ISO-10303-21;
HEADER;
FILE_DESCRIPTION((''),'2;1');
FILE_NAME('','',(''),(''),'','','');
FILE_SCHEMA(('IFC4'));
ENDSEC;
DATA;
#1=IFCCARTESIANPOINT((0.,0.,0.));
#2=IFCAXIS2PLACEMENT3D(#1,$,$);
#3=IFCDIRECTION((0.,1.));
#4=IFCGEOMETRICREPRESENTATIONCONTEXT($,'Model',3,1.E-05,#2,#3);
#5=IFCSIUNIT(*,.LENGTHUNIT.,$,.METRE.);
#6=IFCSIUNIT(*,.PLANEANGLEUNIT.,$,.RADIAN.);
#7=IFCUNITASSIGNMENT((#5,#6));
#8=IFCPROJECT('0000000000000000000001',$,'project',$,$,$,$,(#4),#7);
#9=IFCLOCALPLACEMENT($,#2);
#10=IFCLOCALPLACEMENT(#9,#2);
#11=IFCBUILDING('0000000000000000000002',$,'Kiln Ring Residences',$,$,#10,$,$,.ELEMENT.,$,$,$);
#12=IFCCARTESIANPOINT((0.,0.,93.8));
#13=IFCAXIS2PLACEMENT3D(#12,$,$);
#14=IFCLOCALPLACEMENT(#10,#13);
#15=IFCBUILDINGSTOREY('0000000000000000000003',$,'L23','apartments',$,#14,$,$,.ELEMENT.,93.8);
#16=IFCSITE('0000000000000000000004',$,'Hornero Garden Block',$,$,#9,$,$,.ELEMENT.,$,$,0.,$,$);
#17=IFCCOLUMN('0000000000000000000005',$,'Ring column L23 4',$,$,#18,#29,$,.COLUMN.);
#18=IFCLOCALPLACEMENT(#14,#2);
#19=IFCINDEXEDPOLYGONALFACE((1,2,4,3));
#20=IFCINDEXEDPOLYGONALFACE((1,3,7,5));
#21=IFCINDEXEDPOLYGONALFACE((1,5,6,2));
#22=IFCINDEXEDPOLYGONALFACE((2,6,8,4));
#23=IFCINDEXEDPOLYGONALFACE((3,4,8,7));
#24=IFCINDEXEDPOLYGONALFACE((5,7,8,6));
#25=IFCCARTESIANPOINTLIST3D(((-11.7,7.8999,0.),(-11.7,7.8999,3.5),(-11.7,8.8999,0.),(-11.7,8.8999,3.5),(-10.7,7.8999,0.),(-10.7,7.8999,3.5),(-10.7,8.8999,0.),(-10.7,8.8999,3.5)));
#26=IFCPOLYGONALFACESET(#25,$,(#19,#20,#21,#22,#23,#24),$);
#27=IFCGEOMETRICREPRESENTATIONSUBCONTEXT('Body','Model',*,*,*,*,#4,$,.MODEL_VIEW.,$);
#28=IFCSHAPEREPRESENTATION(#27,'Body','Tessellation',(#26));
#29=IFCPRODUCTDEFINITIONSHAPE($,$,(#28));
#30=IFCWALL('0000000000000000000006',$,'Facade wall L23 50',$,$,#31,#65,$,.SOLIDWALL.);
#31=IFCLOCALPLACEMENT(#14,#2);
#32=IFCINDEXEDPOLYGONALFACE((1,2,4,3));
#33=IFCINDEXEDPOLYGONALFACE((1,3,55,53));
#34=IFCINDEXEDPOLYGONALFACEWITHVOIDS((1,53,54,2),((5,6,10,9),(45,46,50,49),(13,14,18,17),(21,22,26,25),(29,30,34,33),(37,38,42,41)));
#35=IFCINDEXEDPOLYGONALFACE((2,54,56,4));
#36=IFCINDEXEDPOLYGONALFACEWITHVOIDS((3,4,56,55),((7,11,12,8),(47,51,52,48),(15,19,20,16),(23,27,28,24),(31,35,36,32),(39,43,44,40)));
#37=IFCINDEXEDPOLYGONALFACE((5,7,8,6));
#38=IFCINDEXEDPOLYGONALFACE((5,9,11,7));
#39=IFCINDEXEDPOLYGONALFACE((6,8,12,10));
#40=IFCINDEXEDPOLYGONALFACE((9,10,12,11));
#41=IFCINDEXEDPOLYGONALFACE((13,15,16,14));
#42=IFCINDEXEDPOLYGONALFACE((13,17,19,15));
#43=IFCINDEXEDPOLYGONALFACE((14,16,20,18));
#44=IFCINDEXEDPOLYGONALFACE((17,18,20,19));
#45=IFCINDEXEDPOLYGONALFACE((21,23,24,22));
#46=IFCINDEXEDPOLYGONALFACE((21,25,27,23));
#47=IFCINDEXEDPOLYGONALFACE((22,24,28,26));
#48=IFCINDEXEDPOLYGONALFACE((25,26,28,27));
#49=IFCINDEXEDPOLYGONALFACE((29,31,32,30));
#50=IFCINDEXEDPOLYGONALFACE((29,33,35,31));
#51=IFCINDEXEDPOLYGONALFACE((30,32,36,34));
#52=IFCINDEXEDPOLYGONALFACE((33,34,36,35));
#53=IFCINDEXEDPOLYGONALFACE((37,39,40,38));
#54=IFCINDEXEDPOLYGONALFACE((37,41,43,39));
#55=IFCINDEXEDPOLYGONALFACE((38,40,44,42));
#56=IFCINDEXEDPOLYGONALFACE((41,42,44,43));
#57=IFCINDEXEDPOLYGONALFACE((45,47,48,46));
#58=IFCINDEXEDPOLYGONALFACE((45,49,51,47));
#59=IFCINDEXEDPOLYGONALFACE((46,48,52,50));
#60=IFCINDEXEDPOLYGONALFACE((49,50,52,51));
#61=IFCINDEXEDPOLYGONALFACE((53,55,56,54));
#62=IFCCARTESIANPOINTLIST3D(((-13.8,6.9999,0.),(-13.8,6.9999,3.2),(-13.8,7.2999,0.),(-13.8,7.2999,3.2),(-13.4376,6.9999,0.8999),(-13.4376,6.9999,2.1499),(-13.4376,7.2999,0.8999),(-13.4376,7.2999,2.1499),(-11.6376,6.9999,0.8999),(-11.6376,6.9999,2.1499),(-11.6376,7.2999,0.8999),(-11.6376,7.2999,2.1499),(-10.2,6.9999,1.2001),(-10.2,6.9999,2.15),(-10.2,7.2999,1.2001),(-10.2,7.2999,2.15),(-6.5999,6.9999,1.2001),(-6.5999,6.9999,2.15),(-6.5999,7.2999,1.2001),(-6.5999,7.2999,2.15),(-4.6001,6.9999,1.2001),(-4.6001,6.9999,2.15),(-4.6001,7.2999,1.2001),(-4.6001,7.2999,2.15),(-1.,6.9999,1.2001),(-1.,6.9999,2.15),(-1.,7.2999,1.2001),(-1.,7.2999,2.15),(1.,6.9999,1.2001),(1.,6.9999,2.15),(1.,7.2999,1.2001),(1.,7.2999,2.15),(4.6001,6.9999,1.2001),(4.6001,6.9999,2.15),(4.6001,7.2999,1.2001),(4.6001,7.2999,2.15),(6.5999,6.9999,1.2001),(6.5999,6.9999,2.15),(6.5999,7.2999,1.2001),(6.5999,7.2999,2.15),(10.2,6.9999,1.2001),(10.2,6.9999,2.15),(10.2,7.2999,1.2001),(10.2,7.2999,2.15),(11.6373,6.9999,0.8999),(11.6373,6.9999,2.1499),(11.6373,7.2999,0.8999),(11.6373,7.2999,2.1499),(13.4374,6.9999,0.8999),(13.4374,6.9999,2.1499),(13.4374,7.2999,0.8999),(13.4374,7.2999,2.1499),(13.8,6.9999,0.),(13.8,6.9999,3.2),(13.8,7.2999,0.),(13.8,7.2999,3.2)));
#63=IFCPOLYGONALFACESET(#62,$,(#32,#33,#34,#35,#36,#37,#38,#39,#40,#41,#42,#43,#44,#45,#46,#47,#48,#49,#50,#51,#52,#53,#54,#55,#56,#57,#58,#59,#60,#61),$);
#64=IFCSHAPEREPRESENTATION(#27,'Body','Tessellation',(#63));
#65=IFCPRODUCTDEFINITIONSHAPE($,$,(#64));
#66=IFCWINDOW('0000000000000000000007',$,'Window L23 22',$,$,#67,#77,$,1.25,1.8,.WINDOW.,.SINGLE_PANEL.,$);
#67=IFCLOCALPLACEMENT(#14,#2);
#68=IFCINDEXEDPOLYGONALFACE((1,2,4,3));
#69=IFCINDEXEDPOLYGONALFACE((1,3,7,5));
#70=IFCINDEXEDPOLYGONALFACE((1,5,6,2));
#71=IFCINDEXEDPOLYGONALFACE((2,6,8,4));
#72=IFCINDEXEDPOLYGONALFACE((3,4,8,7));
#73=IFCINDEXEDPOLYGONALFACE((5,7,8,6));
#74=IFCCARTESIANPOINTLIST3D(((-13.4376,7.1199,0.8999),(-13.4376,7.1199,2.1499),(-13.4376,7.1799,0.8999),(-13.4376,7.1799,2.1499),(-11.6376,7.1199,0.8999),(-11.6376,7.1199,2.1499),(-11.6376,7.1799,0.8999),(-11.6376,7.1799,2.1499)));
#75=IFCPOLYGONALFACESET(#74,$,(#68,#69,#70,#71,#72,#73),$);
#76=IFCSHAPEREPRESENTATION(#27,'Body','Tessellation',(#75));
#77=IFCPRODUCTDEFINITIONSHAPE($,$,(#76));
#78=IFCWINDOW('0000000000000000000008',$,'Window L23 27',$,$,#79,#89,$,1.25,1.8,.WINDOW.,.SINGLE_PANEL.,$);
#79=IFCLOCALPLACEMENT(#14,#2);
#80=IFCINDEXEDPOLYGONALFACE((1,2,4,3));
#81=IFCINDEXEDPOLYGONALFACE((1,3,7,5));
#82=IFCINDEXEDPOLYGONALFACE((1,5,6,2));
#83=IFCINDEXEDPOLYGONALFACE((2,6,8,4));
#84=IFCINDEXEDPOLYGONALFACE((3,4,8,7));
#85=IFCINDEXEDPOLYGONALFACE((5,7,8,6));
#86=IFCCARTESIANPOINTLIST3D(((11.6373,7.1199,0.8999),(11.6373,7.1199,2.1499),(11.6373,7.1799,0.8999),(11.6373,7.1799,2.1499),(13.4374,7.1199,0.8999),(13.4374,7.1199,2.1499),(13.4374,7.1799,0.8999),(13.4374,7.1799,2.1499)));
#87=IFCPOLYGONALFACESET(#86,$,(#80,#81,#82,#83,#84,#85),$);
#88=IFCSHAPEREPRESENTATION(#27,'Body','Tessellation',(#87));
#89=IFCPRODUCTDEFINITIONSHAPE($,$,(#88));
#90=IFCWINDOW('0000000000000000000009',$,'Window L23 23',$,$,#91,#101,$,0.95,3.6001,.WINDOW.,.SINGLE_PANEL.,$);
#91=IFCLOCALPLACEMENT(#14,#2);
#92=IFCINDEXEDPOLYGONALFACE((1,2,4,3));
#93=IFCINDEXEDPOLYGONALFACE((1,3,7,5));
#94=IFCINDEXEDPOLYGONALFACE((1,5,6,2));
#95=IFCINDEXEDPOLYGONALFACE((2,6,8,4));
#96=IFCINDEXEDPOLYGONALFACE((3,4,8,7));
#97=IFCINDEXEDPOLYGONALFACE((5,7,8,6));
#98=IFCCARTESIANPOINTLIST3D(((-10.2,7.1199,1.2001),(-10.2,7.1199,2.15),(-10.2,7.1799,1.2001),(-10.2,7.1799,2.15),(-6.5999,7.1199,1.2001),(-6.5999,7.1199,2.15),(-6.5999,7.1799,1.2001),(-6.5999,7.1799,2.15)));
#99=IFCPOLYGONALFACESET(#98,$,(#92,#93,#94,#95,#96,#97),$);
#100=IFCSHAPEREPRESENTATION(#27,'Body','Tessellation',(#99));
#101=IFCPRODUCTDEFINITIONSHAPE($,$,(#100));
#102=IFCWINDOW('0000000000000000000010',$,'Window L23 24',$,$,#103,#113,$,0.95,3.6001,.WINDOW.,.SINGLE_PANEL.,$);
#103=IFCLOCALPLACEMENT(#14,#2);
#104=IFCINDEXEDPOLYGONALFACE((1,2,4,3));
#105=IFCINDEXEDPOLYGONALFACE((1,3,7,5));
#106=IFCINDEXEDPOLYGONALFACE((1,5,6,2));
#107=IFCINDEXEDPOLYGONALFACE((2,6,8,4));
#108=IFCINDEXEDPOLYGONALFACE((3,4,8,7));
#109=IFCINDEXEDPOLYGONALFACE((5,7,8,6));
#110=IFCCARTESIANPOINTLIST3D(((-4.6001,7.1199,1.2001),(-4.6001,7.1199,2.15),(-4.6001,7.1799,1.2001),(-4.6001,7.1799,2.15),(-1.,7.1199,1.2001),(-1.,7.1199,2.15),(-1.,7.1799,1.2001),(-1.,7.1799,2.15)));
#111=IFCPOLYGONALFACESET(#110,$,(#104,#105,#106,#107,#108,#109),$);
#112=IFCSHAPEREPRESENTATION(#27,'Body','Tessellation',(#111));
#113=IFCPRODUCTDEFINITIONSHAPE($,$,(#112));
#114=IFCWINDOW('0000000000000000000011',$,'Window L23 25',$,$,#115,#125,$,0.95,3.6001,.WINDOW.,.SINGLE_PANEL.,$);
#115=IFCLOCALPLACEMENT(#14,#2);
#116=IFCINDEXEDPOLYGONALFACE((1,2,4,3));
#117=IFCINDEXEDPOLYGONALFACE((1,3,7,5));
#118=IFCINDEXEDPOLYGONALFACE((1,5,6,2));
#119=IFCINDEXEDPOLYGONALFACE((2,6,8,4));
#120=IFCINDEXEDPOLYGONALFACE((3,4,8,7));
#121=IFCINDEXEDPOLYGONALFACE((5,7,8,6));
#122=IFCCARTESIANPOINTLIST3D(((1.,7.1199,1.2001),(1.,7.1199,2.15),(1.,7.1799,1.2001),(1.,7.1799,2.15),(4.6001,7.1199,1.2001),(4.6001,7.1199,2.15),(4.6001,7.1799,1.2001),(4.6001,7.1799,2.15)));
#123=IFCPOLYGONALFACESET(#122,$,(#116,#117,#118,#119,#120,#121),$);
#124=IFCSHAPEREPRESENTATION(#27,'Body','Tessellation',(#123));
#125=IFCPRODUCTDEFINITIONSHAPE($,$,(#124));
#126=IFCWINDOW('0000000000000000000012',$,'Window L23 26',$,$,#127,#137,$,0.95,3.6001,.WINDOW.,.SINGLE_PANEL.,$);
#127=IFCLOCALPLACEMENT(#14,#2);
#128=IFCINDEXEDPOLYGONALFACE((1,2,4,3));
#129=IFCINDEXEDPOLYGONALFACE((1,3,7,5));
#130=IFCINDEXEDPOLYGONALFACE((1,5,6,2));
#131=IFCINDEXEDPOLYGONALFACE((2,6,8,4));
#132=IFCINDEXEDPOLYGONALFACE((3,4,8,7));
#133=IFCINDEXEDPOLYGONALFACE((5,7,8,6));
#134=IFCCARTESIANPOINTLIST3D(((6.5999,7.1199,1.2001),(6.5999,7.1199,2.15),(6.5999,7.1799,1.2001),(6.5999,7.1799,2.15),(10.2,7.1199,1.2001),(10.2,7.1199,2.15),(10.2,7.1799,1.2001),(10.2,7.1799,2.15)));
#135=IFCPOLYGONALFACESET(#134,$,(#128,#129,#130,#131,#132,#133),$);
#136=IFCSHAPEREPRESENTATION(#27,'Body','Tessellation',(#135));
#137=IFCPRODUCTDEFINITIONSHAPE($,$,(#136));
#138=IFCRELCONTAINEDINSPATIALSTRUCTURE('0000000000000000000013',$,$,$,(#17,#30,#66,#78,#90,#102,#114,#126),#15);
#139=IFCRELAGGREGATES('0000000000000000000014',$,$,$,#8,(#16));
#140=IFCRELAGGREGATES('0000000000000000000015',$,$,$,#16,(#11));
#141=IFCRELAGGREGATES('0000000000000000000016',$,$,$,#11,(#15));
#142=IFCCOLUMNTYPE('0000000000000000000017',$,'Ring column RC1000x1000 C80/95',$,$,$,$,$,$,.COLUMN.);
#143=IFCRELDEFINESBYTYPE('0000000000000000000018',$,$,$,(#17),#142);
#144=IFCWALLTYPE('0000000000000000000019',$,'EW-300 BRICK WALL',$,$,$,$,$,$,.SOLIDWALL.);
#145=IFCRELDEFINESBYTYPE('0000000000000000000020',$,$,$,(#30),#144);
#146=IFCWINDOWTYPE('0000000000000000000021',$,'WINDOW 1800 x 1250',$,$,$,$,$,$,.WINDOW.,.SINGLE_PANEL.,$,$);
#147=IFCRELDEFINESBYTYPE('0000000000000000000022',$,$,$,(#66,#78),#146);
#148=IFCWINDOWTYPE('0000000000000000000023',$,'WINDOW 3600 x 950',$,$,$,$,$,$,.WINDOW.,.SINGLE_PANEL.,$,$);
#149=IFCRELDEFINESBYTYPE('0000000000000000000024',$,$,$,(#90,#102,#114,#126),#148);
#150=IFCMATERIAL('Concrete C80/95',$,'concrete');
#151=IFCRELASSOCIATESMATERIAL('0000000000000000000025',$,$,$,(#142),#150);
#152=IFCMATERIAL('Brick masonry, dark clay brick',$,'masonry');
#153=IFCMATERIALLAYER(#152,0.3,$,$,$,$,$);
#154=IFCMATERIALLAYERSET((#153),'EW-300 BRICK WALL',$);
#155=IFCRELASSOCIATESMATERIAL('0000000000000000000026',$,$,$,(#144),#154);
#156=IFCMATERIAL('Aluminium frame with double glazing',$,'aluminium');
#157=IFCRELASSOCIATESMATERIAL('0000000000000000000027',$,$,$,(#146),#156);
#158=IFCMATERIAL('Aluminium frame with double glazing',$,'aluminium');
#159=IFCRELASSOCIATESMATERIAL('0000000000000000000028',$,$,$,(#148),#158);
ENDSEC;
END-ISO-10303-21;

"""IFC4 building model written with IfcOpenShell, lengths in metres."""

from ifc_helpers import new_model, si_unit, direction, frame, frame_2d, origin, origin_2d, place, context, subcontext, project, spatial, rectangle, extrude, material, layer, layer_set, material_profile, profile_set, type_object, element, fill, save


model = new_model("IFC4")

# Units and contexts
model_context = context("Model", 3, precision=1e-05, world=origin(), true_north=direction((0.0, 1.0)))
body_context = subcontext(model_context, "Body", "Model", "MODEL_VIEW")
ifc_project = project(units=[si_unit("LENGTHUNIT", "METRE"), si_unit("PLANEANGLEUNIT", "RADIAN")], contexts=[model_context])

# Site, building, storey
site_placement = place(None, origin())
site = spatial("IfcSite", under=ifc_project, at=site_placement, Name="Hornero Garden Block", CompositionType="ELEMENT", RefElevation=0.0)
building_placement = place(site_placement, origin())
building = spatial("IfcBuilding", under=site, at=building_placement, Name="Kiln Ring Residences", CompositionType="ELEMENT")
storey_placement = place(building_placement, frame((0.0, 0.0, 93.8)))
storey = spatial("IfcBuildingStorey", under=building, at=storey_placement, Name="L23", Description="apartments", CompositionType="ELEMENT", Elevation=93.8)

# Column
ifc_material_1 = material(Name="Concrete C80/95", Category="concrete")
ifc_material_profile = material_profile(ifc_material_1, rectangle(XDim=1.0, YDim=1.0, at=origin_2d()), Name="RC1000x1000")
ifc_profile_set = profile_set([ifc_material_profile], Name="Concrete C80/95")
column_type = type_object("IfcColumnType", Name="Ring column RC1000x1000 C80/95", PredefinedType="COLUMN", material=ifc_profile_set)
column_placement = place(storey_placement, frame((-11.2, 8.3999, 0.0), z_axis=(0.0, 0.0, 1.0), x_axis=(1.0, 0.0, 0.0)))
element("IfcColumn", 1, at=column_placement, inside=storey, type_object=column_type, Name="Ring column L23 4", PredefinedType="COLUMN", context=body_context, shape_type="SweptSolid", body=[
    extrude(rectangle(XDim=1.0, YDim=1.0, at=origin_2d()), origin(), (0.0, 0.0, 1.0), 3.5),
])

# Wall, openings, windows
ifc_material_2 = material(Name="Brick masonry, dark clay brick", Category="masonry")
ifc_layer_1 = layer(ifc_material_2, 0.3)
ifc_layer_set_1 = layer_set([ifc_layer_1], Name="EW-300 BRICK WALL")
wall_type_1 = type_object("IfcWallType", Name="EW-300 BRICK WALL", PredefinedType="SOLIDWALL", material=ifc_layer_set_1)
wall_1_placement = place(storey_placement, frame((-13.8, 7.1499, 0.0), z_axis=(0.0, 0.0, 1.0), x_axis=(1.0, 0.0, 0.0)))
wall_1 = element("IfcWall", 2, at=wall_1_placement, inside=storey, type_object=wall_type_1, Name="Facade wall L23 50", PredefinedType="SOLIDWALL", context=body_context, shape_type="SweptSolid", body=[
    extrude(rectangle(XDim=27.6001, YDim=0.3, at=frame_2d((13.8, 0.0))), origin(), (0.0, 0.0, 1.0), 3.2),
])
opening_1_placement = place(wall_1_placement, frame((0.3625, 0.0, 0.8999)))
opening_1 = element("IfcOpeningElement", 3, at=opening_1_placement, cuts=wall_1, PredefinedType="OPENING", context=body_context, shape_type="SweptSolid", body=[
    extrude(rectangle(XDim=1.8, YDim=1.25, at=frame_2d((0.8999, 0.625))), frame((0.0, 0.1599, 0.0), z_axis=(0.0, -1.0, 0.0), x_axis=(1.0, 0.0, 0.0)), (0.0, 0.0, 1.0), 0.3201),
])
opening_2_placement = place(wall_1_placement, frame((3.6001, 0.0, 1.2)))
opening_2 = element("IfcOpeningElement", 4, at=opening_2_placement, cuts=wall_1, PredefinedType="OPENING", context=body_context, shape_type="SweptSolid", body=[
    extrude(rectangle(XDim=3.6001, YDim=0.95, at=frame_2d((1.8, 0.4751))), frame((0.0, 0.1599, 0.0), z_axis=(0.0, -1.0, 0.0), x_axis=(1.0, 0.0, 0.0)), (0.0, 0.0, 1.0), 0.3201),
])
opening_3_placement = place(wall_1_placement, frame((9.2, 0.0, 1.2)))
opening_3 = element("IfcOpeningElement", 5, at=opening_3_placement, cuts=wall_1, PredefinedType="OPENING", context=body_context, shape_type="SweptSolid", body=[
    extrude(rectangle(XDim=3.6001, YDim=0.95, at=frame_2d((1.8, 0.4751))), frame((0.0, 0.1599, 0.0), z_axis=(0.0, -1.0, 0.0), x_axis=(1.0, 0.0, 0.0)), (0.0, 0.0, 1.0), 0.3201),
])
opening_4_placement = place(wall_1_placement, frame((14.8, 0.0, 1.2)))
opening_4 = element("IfcOpeningElement", 6, at=opening_4_placement, cuts=wall_1, PredefinedType="OPENING", context=body_context, shape_type="SweptSolid", body=[
    extrude(rectangle(XDim=3.6001, YDim=0.95, at=frame_2d((1.8, 0.4751))), frame((0.0, 0.1599, 0.0), z_axis=(0.0, -1.0, 0.0), x_axis=(1.0, 0.0, 0.0)), (0.0, 0.0, 1.0), 0.3201),
])
opening_5_placement = place(wall_1_placement, frame((20.3999, 0.0, 1.2)))
opening_5 = element("IfcOpeningElement", 7, at=opening_5_placement, cuts=wall_1, PredefinedType="OPENING", context=body_context, shape_type="SweptSolid", body=[
    extrude(rectangle(XDim=3.6001, YDim=0.95, at=frame_2d((1.8, 0.4751))), frame((0.0, 0.1599, 0.0), z_axis=(0.0, -1.0, 0.0), x_axis=(1.0, 0.0, 0.0)), (0.0, 0.0, 1.0), 0.3201),
])
opening_6_placement = place(wall_1_placement, frame((25.4375, 0.0, 0.8999)))
opening_6 = element("IfcOpeningElement", 8, at=opening_6_placement, cuts=wall_1, PredefinedType="OPENING", context=body_context, shape_type="SweptSolid", body=[
    extrude(rectangle(XDim=1.8, YDim=1.25, at=frame_2d((0.8999, 0.625))), frame((0.0, 0.1599, 0.0), z_axis=(0.0, -1.0, 0.0), x_axis=(1.0, 0.0, 0.0)), (0.0, 0.0, 1.0), 0.3201),
])
ifc_material_3 = material(Name="Aluminium frame with double glazing", Category="aluminium")
window_type_1 = type_object("IfcWindowType", Name="WINDOW 1800 x 1250", PartitioningType="SINGLE_PANEL", PredefinedType="WINDOW", material=ifc_material_3)
window_1_placement = place(opening_1_placement, origin())
window_1 = element("IfcWindow", 9, at=window_1_placement, inside=storey, type_object=window_type_1, Name="Window L23 22", OverallHeight=1.25, OverallWidth=1.8, PartitioningType="SINGLE_PANEL", PredefinedType="WINDOW", context=body_context, shape_type="SweptSolid", body=[
    extrude(rectangle(XDim=1.8, YDim=1.25, at=frame_2d((0.8999, 0.625))), frame((0.0, 0.03, 0.0), z_axis=(0.0, -1.0, 0.0), x_axis=(1.0, 0.0, 0.0)), (0.0, 0.0, 1.0), 0.0601),
])
fill(opening_1, window_1)
window_2_placement = place(opening_6_placement, origin())
window_2 = element("IfcWindow", 10, at=window_2_placement, inside=storey, type_object=window_type_1, Name="Window L23 27", OverallHeight=1.25, OverallWidth=1.8, PartitioningType="SINGLE_PANEL", PredefinedType="WINDOW", context=body_context, shape_type="SweptSolid", body=[
    extrude(rectangle(XDim=1.8, YDim=1.25, at=frame_2d((0.8999, 0.625))), frame((0.0, 0.03, 0.0), z_axis=(0.0, -1.0, 0.0), x_axis=(1.0, 0.0, 0.0)), (0.0, 0.0, 1.0), 0.0601),
])
fill(opening_6, window_2)
ifc_material_4 = material(Name="Aluminium frame with double glazing", Category="aluminium")
window_type_2 = type_object("IfcWindowType", Name="WINDOW 3600 x 950", PartitioningType="SINGLE_PANEL", PredefinedType="WINDOW", material=ifc_material_4)
window_3_placement = place(opening_2_placement, origin())
window_3 = element("IfcWindow", 11, at=window_3_placement, inside=storey, type_object=window_type_2, Name="Window L23 23", OverallHeight=0.95, OverallWidth=3.6001, PartitioningType="SINGLE_PANEL", PredefinedType="WINDOW", context=body_context, shape_type="SweptSolid", body=[
    extrude(rectangle(XDim=3.6001, YDim=0.95, at=frame_2d((1.8, 0.4751))), frame((0.0, 0.03, 0.0), z_axis=(0.0, -1.0, 0.0), x_axis=(1.0, 0.0, 0.0)), (0.0, 0.0, 1.0), 0.0601),
])
fill(opening_2, window_3)
window_4_placement = place(opening_3_placement, origin())
window_4 = element("IfcWindow", 12, at=window_4_placement, inside=storey, type_object=window_type_2, Name="Window L23 24", OverallHeight=0.95, OverallWidth=3.6001, PartitioningType="SINGLE_PANEL", PredefinedType="WINDOW", context=body_context, shape_type="SweptSolid", body=[
    extrude(rectangle(XDim=3.6001, YDim=0.95, at=frame_2d((1.8, 0.4751))), frame((0.0, 0.03, 0.0), z_axis=(0.0, -1.0, 0.0), x_axis=(1.0, 0.0, 0.0)), (0.0, 0.0, 1.0), 0.0601),
])
fill(opening_3, window_4)
window_5_placement = place(opening_4_placement, origin())
window_5 = element("IfcWindow", 13, at=window_5_placement, inside=storey, type_object=window_type_2, Name="Window L23 25", OverallHeight=0.95, OverallWidth=3.6001, PartitioningType="SINGLE_PANEL", PredefinedType="WINDOW", context=body_context, shape_type="SweptSolid", body=[
    extrude(rectangle(XDim=3.6001, YDim=0.95, at=frame_2d((1.8, 0.4751))), frame((0.0, 0.03, 0.0), z_axis=(0.0, -1.0, 0.0), x_axis=(1.0, 0.0, 0.0)), (0.0, 0.0, 1.0), 0.0601),
])
fill(opening_4, window_5)
window_6_placement = place(opening_5_placement, origin())
window_6 = element("IfcWindow", 14, at=window_6_placement, inside=storey, type_object=window_type_2, Name="Window L23 26", OverallHeight=0.95, OverallWidth=3.6001, PartitioningType="SINGLE_PANEL", PredefinedType="WINDOW", context=body_context, shape_type="SweptSolid", body=[
    extrude(rectangle(XDim=3.6001, YDim=0.95, at=frame_2d((1.8, 0.4751))), frame((0.0, 0.03, 0.0), z_axis=(0.0, -1.0, 0.0), x_axis=(1.0, 0.0, 0.0)), (0.0, 0.0, 1.0), 0.0601),
])
fill(opening_5, window_6)

save(model, "model.ifc")
